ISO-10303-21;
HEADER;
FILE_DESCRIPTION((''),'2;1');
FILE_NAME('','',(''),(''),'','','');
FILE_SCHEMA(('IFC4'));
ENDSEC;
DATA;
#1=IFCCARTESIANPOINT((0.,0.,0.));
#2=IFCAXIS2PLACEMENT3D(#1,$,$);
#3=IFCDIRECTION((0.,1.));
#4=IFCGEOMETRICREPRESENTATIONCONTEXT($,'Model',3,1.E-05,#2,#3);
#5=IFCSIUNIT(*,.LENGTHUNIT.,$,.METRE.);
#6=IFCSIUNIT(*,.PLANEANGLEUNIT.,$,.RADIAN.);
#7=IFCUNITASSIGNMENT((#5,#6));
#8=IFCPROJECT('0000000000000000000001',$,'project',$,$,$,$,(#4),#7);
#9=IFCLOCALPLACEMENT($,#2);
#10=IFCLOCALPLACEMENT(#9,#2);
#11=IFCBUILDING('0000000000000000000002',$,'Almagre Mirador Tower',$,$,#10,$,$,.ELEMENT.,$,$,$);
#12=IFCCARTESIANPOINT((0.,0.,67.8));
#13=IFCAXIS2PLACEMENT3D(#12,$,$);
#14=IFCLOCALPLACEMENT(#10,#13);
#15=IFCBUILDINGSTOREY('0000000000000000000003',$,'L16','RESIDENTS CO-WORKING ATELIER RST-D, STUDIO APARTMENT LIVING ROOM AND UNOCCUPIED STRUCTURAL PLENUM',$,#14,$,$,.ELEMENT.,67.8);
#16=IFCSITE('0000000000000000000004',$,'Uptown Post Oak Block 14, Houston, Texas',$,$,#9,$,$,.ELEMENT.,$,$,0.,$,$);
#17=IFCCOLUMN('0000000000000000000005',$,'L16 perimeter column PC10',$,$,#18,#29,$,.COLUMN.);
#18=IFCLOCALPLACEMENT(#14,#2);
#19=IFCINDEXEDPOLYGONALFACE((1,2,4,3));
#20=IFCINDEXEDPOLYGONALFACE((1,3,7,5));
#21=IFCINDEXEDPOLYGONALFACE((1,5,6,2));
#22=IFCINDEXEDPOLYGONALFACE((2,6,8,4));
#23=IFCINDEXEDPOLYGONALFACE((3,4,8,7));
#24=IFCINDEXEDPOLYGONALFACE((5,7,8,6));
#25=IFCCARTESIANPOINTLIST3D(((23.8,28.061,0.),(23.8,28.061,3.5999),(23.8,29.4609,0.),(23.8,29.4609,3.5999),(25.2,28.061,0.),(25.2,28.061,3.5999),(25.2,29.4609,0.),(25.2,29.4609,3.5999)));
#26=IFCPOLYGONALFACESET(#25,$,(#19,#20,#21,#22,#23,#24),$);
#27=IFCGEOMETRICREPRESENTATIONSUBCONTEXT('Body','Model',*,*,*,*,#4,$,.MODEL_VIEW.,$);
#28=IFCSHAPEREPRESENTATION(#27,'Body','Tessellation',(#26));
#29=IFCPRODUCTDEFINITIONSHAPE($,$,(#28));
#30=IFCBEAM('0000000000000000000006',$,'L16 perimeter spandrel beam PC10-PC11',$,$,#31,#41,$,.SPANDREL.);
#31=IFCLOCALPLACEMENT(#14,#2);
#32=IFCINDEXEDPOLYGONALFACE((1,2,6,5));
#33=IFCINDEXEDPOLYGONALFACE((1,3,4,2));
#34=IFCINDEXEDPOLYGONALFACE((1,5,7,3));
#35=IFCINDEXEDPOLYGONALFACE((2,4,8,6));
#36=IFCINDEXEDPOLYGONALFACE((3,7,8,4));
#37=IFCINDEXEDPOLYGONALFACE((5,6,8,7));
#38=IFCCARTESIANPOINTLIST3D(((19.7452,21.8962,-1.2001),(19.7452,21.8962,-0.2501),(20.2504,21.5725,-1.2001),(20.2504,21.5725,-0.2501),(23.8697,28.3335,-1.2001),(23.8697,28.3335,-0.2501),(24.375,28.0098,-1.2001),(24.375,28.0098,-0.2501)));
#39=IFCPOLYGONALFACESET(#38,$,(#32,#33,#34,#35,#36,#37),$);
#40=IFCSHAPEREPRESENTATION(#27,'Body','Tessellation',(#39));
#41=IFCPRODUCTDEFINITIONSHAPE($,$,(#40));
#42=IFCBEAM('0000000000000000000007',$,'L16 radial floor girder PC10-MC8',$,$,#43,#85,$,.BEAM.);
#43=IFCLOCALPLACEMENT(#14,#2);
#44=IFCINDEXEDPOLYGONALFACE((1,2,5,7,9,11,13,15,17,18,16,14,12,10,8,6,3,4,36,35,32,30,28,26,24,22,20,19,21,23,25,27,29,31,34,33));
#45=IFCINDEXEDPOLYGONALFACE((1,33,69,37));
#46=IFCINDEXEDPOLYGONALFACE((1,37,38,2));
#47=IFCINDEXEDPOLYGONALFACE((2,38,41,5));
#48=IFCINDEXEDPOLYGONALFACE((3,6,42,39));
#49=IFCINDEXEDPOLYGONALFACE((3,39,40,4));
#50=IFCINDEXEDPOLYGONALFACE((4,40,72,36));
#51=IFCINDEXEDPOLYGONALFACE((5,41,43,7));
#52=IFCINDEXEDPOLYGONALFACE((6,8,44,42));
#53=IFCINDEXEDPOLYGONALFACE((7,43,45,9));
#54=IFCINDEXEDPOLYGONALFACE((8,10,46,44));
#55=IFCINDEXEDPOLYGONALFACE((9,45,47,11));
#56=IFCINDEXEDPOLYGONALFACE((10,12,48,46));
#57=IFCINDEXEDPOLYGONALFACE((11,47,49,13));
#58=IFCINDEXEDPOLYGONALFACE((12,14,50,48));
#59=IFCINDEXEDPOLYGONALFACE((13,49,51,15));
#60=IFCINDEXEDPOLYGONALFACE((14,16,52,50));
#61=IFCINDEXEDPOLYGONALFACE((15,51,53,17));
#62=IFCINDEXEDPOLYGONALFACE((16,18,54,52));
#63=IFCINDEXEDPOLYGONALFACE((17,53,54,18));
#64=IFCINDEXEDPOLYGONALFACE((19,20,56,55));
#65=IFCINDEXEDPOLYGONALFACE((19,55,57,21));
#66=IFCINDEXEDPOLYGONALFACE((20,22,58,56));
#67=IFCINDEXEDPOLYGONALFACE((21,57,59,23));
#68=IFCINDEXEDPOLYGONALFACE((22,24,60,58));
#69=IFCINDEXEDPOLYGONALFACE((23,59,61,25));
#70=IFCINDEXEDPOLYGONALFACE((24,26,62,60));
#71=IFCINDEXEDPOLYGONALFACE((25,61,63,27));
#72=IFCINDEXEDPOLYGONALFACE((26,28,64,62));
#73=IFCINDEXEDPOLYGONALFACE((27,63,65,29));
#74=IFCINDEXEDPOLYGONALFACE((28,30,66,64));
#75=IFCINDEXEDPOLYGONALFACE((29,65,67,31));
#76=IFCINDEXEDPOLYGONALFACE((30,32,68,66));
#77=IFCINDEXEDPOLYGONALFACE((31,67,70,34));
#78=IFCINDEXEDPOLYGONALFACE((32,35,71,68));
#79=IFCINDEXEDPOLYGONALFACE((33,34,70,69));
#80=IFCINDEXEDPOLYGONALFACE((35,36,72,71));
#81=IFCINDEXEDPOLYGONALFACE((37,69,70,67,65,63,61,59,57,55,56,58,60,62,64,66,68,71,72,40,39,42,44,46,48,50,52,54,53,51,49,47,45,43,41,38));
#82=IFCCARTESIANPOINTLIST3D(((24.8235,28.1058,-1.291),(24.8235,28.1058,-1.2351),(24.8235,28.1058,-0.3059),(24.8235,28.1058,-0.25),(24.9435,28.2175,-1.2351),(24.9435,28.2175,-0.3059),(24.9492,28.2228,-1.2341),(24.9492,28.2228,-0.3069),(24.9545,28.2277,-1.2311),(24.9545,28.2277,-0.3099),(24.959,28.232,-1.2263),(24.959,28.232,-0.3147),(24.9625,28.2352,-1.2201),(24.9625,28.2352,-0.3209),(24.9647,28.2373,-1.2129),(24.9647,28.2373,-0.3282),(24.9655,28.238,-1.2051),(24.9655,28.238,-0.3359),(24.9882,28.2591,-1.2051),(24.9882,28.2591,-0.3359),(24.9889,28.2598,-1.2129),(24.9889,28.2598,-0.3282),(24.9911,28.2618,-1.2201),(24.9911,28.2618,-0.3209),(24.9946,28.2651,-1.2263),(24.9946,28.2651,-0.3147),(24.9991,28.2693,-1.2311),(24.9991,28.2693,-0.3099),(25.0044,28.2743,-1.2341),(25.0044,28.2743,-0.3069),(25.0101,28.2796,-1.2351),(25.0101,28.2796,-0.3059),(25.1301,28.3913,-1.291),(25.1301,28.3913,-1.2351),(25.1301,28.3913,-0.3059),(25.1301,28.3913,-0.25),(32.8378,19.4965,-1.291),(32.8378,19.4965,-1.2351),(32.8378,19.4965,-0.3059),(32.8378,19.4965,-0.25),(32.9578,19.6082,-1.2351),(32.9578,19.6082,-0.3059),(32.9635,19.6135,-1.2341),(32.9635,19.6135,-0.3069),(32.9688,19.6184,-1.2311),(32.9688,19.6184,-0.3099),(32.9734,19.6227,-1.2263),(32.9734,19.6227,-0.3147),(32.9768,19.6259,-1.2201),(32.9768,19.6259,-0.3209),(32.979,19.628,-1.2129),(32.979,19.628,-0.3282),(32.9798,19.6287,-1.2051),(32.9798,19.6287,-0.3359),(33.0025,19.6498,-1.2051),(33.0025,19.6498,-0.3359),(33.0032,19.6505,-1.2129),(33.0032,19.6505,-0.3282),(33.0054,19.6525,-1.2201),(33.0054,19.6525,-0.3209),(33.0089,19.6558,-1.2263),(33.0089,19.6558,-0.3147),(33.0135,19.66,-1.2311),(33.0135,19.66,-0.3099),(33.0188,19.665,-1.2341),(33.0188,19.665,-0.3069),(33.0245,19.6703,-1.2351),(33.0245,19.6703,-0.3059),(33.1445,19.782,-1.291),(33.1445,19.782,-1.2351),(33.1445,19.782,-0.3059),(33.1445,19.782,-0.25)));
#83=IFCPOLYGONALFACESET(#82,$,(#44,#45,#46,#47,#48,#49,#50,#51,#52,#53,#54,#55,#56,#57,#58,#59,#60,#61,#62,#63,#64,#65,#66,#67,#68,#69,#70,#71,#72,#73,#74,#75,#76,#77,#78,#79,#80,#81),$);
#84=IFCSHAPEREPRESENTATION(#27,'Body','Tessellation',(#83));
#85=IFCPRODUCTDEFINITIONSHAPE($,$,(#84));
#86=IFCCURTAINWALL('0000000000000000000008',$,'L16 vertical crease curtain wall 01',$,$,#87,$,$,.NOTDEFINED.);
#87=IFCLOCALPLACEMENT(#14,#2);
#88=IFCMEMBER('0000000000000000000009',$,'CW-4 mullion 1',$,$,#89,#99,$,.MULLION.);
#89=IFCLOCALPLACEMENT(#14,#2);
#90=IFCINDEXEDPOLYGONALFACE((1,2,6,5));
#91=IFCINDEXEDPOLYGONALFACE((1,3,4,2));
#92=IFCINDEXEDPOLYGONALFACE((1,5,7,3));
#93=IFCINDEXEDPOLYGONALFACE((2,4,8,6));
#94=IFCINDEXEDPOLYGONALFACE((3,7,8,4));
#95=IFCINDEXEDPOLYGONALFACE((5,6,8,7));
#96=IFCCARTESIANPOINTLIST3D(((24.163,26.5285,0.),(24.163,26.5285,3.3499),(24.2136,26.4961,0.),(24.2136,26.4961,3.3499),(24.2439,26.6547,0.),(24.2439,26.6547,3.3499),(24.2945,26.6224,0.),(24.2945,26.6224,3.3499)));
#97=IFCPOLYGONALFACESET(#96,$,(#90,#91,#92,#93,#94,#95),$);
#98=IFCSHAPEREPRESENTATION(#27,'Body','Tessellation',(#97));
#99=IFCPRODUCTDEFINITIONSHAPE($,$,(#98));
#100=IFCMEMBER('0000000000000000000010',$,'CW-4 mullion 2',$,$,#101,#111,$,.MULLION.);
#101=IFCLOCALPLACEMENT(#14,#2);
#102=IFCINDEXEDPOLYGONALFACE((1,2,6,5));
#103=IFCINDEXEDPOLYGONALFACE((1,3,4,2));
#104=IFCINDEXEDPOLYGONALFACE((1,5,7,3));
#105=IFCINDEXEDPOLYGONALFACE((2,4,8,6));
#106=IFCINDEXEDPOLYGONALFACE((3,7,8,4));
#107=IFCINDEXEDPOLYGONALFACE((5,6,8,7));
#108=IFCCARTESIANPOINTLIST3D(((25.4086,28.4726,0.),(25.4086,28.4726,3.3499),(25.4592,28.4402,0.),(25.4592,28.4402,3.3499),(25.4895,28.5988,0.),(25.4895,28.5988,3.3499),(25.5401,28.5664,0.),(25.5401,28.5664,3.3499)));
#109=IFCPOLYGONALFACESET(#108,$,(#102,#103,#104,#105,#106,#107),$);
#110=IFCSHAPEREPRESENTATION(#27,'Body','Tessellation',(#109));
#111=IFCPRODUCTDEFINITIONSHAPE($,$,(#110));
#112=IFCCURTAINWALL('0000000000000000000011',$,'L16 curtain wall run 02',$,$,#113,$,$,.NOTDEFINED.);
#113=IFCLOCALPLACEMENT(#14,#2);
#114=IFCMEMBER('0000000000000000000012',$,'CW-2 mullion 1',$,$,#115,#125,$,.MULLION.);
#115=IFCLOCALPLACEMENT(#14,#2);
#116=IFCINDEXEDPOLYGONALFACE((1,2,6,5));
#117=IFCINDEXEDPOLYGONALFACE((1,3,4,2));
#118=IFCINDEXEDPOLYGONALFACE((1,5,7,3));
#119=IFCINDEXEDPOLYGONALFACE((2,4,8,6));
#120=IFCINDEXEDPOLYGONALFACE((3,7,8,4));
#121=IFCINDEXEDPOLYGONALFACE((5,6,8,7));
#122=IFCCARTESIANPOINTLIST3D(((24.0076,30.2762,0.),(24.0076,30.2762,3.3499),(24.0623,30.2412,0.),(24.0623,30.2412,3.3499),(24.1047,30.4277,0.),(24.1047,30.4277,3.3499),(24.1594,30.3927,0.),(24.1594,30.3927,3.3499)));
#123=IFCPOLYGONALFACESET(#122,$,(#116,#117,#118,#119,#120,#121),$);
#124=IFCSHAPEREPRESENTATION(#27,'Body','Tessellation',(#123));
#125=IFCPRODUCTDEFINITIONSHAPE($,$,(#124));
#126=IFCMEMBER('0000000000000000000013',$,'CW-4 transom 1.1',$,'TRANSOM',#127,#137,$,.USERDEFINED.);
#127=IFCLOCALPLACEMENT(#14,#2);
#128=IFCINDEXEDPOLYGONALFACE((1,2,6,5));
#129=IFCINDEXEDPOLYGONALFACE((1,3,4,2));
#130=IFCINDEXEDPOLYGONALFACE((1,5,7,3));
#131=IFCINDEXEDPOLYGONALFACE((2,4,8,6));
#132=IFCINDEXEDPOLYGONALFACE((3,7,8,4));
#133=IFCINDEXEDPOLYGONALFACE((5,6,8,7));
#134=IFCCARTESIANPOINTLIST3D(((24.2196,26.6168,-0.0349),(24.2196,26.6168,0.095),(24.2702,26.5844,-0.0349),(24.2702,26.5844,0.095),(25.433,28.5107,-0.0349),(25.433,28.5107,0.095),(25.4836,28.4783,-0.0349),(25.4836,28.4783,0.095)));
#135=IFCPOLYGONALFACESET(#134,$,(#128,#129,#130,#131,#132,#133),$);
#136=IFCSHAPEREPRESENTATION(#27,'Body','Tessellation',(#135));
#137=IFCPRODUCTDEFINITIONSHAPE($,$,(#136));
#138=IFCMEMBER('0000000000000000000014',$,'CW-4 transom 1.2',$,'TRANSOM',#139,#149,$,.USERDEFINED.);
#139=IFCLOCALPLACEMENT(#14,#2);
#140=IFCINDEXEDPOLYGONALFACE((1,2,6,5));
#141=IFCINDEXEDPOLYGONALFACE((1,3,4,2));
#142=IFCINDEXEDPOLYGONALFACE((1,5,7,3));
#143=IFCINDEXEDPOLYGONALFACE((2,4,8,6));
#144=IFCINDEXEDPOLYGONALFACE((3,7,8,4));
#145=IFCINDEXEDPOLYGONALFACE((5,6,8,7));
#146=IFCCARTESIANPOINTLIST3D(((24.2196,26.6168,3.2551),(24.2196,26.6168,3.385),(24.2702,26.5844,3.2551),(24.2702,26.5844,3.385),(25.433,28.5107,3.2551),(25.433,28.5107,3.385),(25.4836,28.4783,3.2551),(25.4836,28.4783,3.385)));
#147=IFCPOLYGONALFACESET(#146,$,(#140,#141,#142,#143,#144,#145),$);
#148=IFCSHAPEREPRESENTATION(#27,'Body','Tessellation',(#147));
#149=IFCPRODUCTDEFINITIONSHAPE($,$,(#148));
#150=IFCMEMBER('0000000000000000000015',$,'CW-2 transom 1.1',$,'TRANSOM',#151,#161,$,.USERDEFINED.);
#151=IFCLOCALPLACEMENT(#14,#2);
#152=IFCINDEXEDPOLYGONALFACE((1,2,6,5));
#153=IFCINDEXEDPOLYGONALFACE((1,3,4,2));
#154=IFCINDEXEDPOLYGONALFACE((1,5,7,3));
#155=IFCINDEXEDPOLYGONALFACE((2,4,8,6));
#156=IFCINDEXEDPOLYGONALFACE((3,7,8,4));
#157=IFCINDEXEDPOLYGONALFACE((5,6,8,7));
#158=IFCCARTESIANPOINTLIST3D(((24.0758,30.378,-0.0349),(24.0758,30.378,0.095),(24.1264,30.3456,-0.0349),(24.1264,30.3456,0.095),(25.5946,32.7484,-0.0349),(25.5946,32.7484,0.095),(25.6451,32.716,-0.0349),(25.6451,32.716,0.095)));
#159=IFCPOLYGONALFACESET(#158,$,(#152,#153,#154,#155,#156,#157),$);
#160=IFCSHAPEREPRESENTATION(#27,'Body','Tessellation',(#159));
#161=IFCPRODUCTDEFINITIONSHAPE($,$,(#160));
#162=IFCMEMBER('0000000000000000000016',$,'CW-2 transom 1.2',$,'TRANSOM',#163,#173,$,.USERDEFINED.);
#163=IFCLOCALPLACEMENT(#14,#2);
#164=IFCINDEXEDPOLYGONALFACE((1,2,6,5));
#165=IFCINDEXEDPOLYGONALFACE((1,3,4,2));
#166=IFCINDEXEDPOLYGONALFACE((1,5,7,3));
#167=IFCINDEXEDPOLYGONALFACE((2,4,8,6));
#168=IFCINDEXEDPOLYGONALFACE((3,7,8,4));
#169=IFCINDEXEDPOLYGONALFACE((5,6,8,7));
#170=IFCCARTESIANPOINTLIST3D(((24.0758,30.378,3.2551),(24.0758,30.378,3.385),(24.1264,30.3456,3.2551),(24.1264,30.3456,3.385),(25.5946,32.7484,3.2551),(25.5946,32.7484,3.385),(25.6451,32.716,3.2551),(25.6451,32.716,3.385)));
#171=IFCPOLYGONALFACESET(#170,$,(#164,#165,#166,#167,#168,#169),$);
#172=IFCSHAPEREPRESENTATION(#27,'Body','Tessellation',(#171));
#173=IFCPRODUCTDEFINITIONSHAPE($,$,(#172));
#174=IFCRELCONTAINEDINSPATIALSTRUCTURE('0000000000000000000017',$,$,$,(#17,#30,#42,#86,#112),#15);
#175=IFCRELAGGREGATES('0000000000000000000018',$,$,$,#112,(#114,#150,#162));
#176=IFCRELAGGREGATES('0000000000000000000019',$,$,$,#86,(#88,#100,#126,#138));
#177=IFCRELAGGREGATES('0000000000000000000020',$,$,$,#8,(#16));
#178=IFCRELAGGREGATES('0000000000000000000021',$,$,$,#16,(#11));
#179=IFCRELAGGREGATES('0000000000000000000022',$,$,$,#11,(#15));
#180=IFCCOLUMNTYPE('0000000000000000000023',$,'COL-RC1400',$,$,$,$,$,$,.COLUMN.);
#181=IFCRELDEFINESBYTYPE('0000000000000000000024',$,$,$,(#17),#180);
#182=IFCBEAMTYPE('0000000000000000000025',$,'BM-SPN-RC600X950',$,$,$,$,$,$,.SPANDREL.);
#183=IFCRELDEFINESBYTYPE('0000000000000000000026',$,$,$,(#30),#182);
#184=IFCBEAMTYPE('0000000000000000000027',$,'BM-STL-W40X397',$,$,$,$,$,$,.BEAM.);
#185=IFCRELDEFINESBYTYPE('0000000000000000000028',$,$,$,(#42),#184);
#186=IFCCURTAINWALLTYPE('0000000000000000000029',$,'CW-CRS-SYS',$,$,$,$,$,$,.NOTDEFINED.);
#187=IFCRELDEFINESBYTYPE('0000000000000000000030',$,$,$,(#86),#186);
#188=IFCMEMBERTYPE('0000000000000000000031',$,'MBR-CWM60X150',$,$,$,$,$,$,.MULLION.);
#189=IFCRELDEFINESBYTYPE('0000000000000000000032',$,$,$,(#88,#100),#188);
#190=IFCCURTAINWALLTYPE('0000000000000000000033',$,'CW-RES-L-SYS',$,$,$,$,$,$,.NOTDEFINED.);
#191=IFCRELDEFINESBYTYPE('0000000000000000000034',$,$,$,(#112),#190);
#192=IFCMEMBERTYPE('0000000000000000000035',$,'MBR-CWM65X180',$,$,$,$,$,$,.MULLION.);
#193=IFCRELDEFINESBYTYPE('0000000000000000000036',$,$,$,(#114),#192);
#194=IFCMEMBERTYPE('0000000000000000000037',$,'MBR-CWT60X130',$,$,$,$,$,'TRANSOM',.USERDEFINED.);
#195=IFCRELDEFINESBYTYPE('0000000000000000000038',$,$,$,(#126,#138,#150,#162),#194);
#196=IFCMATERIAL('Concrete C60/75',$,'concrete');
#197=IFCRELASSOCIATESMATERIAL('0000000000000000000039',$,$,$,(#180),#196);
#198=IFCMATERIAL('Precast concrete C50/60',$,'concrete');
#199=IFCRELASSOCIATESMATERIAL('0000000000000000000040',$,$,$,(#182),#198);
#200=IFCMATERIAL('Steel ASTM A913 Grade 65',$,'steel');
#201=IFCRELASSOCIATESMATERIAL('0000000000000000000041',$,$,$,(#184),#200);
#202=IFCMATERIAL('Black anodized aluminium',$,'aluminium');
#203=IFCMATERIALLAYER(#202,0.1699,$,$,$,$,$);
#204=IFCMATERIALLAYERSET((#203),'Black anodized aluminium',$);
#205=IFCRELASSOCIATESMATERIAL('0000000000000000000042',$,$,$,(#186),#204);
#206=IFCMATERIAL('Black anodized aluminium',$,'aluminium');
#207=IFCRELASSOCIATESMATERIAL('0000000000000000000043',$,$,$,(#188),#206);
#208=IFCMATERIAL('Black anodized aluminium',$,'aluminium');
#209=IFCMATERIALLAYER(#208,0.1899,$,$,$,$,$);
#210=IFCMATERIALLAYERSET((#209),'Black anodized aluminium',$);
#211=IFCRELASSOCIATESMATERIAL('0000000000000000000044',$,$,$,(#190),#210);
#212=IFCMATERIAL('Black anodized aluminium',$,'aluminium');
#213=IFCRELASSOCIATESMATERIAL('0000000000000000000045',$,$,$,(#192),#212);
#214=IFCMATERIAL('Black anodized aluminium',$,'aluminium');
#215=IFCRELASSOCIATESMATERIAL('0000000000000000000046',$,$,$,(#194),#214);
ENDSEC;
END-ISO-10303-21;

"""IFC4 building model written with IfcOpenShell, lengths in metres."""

from ifc_helpers import new_model, si_unit, direction, frame, origin, origin_2d, place, context, subcontext, project, spatial, rectangle, i_section, extrude, material, layer, layer_set, material_profile, profile_set, type_object, element, aggregate, save


model = new_model("IFC4")

# Units and contexts
model_context = context("Model", 3, precision=1e-05, world=origin(), true_north=direction((0.0, 1.0)))
body_context = subcontext(model_context, "Body", "Model", "MODEL_VIEW")
ifc_project = project(units=[si_unit("LENGTHUNIT", "METRE"), si_unit("PLANEANGLEUNIT", "RADIAN")], contexts=[model_context])

# Site, building, storey
site_placement = place(None, origin())
site = spatial("IfcSite", under=ifc_project, at=site_placement, Name="Uptown Post Oak Block 14, Houston, Texas", CompositionType="ELEMENT", RefElevation=0.0)
building_placement = place(site_placement, origin())
building = spatial("IfcBuilding", under=site, at=building_placement, Name="Almagre Mirador Tower", CompositionType="ELEMENT")
storey_placement = place(building_placement, frame((0.0, 0.0, 67.8)))
storey = spatial("IfcBuildingStorey", under=building, at=storey_placement, Name="L16", Description="RESIDENTS CO-WORKING ATELIER RST-D, STUDIO APARTMENT LIVING ROOM AND UNOCCUPIED STRUCTURAL PLENUM", CompositionType="ELEMENT", Elevation=67.8)

# Column
ifc_material_1 = material(Name="Concrete C60/75", Category="concrete")
ifc_material_profile_1 = material_profile(ifc_material_1, rectangle(XDim=1.3999, YDim=1.3999, at=origin_2d()), Name="RC1400X1400")
ifc_profile_set_1 = profile_set([ifc_material_profile_1], Name="Concrete C60/75")
column_type = type_object("IfcColumnType", Name="COL-RC1400", PredefinedType="COLUMN", material=ifc_profile_set_1)
column_placement = place(storey_placement, frame((24.5, 28.761, 0.0), z_axis=(0.0, 0.0, 1.0), x_axis=(1.0, 0.0, 0.0)))
element("IfcColumn", 1, at=column_placement, inside=storey, type_object=column_type, Name="L16 perimeter column PC10", PredefinedType="COLUMN", context=body_context, shape_type="SweptSolid", body=[
    extrude(rectangle(XDim=1.3999, YDim=1.3999, at=origin_2d()), origin(), (0.0, 0.0, 1.0), 3.5999),
])

# Beams
ifc_material_2 = material(Name="Precast concrete C50/60", Category="concrete")
ifc_material_profile_2 = material_profile(ifc_material_2, rectangle(XDim=0.6001, YDim=0.95, at=origin_2d()), Name="RC600X950")
ifc_profile_set_2 = profile_set([ifc_material_profile_2], Name="Precast concrete C50/60")
beam_type_1 = type_object("IfcBeamType", Name="BM-SPN-RC600X950", PredefinedType="SPANDREL", material=ifc_profile_set_2)
beam_1_placement = place(storey_placement, frame((24.1223, 28.1716, -0.7251), z_axis=(-0.539487, -0.841994, 0.0), x_axis=(0.841994, -0.539487, 0.0)))
element("IfcBeam", 2, at=beam_1_placement, inside=storey, type_object=beam_type_1, Name="L16 perimeter spandrel beam PC10-PC11", PredefinedType="SPANDREL", context=body_context, shape_type="SweptSolid", body=[
    extrude(rectangle(XDim=0.6001, YDim=0.95, at=origin_2d()), origin(), (0.0, 0.0, 1.0), 7.6453),
])
ifc_material_3 = material(Name="Steel ASTM A913 Grade 65", Category="steel")
ifc_material_profile_3 = material_profile(ifc_material_3, i_section(OverallWidth=0.4189, OverallDepth=1.041, WebThickness=0.031, FlangeThickness=0.0559, FilletRadius=0.03, at=origin_2d()), Name="W40X397")
ifc_profile_set_3 = profile_set([ifc_material_profile_3], Name="Steel ASTM A913 Grade 65")
beam_type_2 = type_object("IfcBeamType", Name="BM-STL-W40X397", PredefinedType="BEAM", material=ifc_profile_set_3)
beam_2_placement = place(storey_placement, frame((24.9768, 28.2485, -0.7705), z_axis=(0.681363, -0.731946, 0.0), x_axis=(0.731946, 0.681363, 0.0)))
element("IfcBeam", 3, at=beam_2_placement, inside=storey, type_object=beam_type_2, Name="L16 radial floor girder PC10-MC8", PredefinedType="BEAM", context=body_context, shape_type="SweptSolid", body=[
    extrude(i_section(OverallWidth=0.4189, OverallDepth=1.041, WebThickness=0.031, FlangeThickness=0.0559, FilletRadius=0.03, at=origin_2d()), origin(), (0.0, 0.0, 1.0), 11.7622),
])

# Curtain wall, members
ifc_material_4 = material(Name="Black anodized aluminium", Category="aluminium")
ifc_layer_1 = layer(ifc_material_4, 0.1699)
ifc_layer_set_1 = layer_set([ifc_layer_1], Name="Black anodized aluminium")
curtain_wall_type_1 = type_object("IfcCurtainWallType", Name="CW-CRS-SYS", PredefinedType="NOTDEFINED", material=ifc_layer_set_1)
curtain_wall_1_placement = place(storey_placement, origin())
curtain_wall_1 = element("IfcCurtainWall", 4, at=curtain_wall_1_placement, inside=storey, type_object=curtain_wall_type_1, Name="L16 vertical crease curtain wall 01", PredefinedType="NOTDEFINED")
ifc_material_5 = material(Name="Black anodized aluminium", Category="aluminium")
ifc_material_profile_4 = material_profile(ifc_material_5, rectangle(XDim=0.0601, YDim=0.1499, at=origin_2d()), Name="CWM60X150")
ifc_profile_set_4 = profile_set([ifc_material_profile_4], Name="Black anodized aluminium")
member_type_1 = type_object("IfcMemberType", Name="MBR-CWM60X150", PredefinedType="MULLION", material=ifc_profile_set_4)
member_1_placement = place(storey_placement, frame((24.2288, 26.5754, 0.0), z_axis=(0.0, 0.0, 1.0), x_axis=(-0.842017, 0.539451, 0.0)))
member_1 = element("IfcMember", 5, at=member_1_placement, type_object=member_type_1, Name="CW-4 mullion 1", PredefinedType="MULLION", context=body_context, shape_type="SweptSolid", body=[
    extrude(rectangle(XDim=0.0601, YDim=0.1499, at=origin_2d()), origin(), (0.0, 0.0, 1.0), 3.3499),
])
member_2_placement = place(storey_placement, frame((25.4744, 28.5195, 0.0), z_axis=(0.0, 0.0, 1.0), x_axis=(-0.842017, 0.539451, 0.0)))
member_2 = element("IfcMember", 6, at=member_2_placement, type_object=member_type_1, Name="CW-4 mullion 2", PredefinedType="MULLION", context=body_context, shape_type="SweptSolid", body=[
    extrude(rectangle(XDim=0.0601, YDim=0.1499, at=origin_2d()), origin(), (0.0, 0.0, 1.0), 3.3499),
])

# Curtain wall, member
ifc_material_6 = material(Name="Black anodized aluminium", Category="aluminium")
ifc_layer_2 = layer(ifc_material_6, 0.1899)
ifc_layer_set_2 = layer_set([ifc_layer_2], Name="Black anodized aluminium")
curtain_wall_type_2 = type_object("IfcCurtainWallType", Name="CW-RES-L-SYS", PredefinedType="NOTDEFINED", material=ifc_layer_set_2)
curtain_wall_2_placement = place(storey_placement, origin())
curtain_wall_2 = element("IfcCurtainWall", 7, at=curtain_wall_2_placement, inside=storey, type_object=curtain_wall_type_2, Name="L16 curtain wall run 02", PredefinedType="NOTDEFINED")
ifc_material_7 = material(Name="Black anodized aluminium", Category="aluminium")
ifc_material_profile_5 = material_profile(ifc_material_7, rectangle(XDim=0.0649, YDim=0.1799, at=origin_2d()), Name="CWM65X180")
ifc_profile_set_5 = profile_set([ifc_material_profile_5], Name="Black anodized aluminium")
member_type_2 = type_object("IfcMemberType", Name="MBR-CWM65X180", PredefinedType="MULLION", material=ifc_profile_set_5)
member_3_placement = place(storey_placement, frame((24.0835, 30.3345, 0.0), z_axis=(0.0, 0.0, 1.0), x_axis=(-0.841975, 0.539516, 0.0)))
member_3 = element("IfcMember", 8, at=member_3_placement, type_object=member_type_2, Name="CW-2 mullion 1", PredefinedType="MULLION", context=body_context, shape_type="SweptSolid", body=[
    extrude(rectangle(XDim=0.0649, YDim=0.1799, at=origin_2d()), origin(), (0.0, 0.0, 1.0), 3.3499),
])

# Members
ifc_material_8 = material(Name="Black anodized aluminium", Category="aluminium")
ifc_material_profile_6 = material_profile(ifc_material_8, rectangle(XDim=0.0601, YDim=0.1299, at=origin_2d()), Name="CWT60X130")
ifc_profile_set_6 = profile_set([ifc_material_profile_6], Name="Black anodized aluminium")
member_type_3 = type_object("IfcMemberType", Name="MBR-CWT60X130", ElementType="TRANSOM", PredefinedType="USERDEFINED", material=ifc_profile_set_6)
member_4_placement = place(storey_placement, frame((24.2449, 26.6006, 0.03), z_axis=(0.539479, 0.841999, 0.0), x_axis=(-0.841999, 0.539479, 0.0)))
member_4 = element("IfcMember", 9, at=member_4_placement, type_object=member_type_3, Name="CW-4 transom 1.1", ObjectType="TRANSOM", PredefinedType="USERDEFINED", context=body_context, shape_type="SweptSolid", body=[
    extrude(rectangle(XDim=0.0601, YDim=0.1299, at=origin_2d()), origin(), (0.0, 0.0, 1.0), 2.2493),
])
member_5_placement = place(storey_placement, frame((24.2449, 26.6006, 3.3201), z_axis=(0.539479, 0.841999, 0.0), x_axis=(-0.841999, 0.539479, 0.0)))
member_5 = element("IfcMember", 10, at=member_5_placement, type_object=member_type_3, Name="CW-4 transom 1.2", ObjectType="TRANSOM", PredefinedType="USERDEFINED", context=body_context, shape_type="SweptSolid", body=[
    extrude(rectangle(XDim=0.0601, YDim=0.1299, at=origin_2d()), origin(), (0.0, 0.0, 1.0), 2.2493),
])
member_6_placement = place(storey_placement, frame((24.1011, 30.3618, 0.03), z_axis=(0.539499, 0.841986, 0.0), x_axis=(-0.841986, 0.539499, 0.0)))
member_6 = element("IfcMember", 11, at=member_6_placement, type_object=member_type_3, Name="CW-2 transom 1.1", ObjectType="TRANSOM", PredefinedType="USERDEFINED", context=body_context, shape_type="SweptSolid", body=[
    extrude(rectangle(XDim=0.0601, YDim=0.1299, at=origin_2d()), origin(), (0.0, 0.0, 1.0), 2.8152),
])
member_7_placement = place(storey_placement, frame((24.1011, 30.3618, 3.3201), z_axis=(0.539499, 0.841986, 0.0), x_axis=(-0.841986, 0.539499, 0.0)))
member_7 = element("IfcMember", 12, at=member_7_placement, type_object=member_type_3, Name="CW-2 transom 1.2", ObjectType="TRANSOM", PredefinedType="USERDEFINED", context=body_context, shape_type="SweptSolid", body=[
    extrude(rectangle(XDim=0.0601, YDim=0.1299, at=origin_2d()), origin(), (0.0, 0.0, 1.0), 2.8152),
])
aggregate(curtain_wall_2, [member_3, member_6, member_7])

aggregate(curtain_wall_1, [member_1, member_2, member_4, member_5])

save(model, "model.ifc")
